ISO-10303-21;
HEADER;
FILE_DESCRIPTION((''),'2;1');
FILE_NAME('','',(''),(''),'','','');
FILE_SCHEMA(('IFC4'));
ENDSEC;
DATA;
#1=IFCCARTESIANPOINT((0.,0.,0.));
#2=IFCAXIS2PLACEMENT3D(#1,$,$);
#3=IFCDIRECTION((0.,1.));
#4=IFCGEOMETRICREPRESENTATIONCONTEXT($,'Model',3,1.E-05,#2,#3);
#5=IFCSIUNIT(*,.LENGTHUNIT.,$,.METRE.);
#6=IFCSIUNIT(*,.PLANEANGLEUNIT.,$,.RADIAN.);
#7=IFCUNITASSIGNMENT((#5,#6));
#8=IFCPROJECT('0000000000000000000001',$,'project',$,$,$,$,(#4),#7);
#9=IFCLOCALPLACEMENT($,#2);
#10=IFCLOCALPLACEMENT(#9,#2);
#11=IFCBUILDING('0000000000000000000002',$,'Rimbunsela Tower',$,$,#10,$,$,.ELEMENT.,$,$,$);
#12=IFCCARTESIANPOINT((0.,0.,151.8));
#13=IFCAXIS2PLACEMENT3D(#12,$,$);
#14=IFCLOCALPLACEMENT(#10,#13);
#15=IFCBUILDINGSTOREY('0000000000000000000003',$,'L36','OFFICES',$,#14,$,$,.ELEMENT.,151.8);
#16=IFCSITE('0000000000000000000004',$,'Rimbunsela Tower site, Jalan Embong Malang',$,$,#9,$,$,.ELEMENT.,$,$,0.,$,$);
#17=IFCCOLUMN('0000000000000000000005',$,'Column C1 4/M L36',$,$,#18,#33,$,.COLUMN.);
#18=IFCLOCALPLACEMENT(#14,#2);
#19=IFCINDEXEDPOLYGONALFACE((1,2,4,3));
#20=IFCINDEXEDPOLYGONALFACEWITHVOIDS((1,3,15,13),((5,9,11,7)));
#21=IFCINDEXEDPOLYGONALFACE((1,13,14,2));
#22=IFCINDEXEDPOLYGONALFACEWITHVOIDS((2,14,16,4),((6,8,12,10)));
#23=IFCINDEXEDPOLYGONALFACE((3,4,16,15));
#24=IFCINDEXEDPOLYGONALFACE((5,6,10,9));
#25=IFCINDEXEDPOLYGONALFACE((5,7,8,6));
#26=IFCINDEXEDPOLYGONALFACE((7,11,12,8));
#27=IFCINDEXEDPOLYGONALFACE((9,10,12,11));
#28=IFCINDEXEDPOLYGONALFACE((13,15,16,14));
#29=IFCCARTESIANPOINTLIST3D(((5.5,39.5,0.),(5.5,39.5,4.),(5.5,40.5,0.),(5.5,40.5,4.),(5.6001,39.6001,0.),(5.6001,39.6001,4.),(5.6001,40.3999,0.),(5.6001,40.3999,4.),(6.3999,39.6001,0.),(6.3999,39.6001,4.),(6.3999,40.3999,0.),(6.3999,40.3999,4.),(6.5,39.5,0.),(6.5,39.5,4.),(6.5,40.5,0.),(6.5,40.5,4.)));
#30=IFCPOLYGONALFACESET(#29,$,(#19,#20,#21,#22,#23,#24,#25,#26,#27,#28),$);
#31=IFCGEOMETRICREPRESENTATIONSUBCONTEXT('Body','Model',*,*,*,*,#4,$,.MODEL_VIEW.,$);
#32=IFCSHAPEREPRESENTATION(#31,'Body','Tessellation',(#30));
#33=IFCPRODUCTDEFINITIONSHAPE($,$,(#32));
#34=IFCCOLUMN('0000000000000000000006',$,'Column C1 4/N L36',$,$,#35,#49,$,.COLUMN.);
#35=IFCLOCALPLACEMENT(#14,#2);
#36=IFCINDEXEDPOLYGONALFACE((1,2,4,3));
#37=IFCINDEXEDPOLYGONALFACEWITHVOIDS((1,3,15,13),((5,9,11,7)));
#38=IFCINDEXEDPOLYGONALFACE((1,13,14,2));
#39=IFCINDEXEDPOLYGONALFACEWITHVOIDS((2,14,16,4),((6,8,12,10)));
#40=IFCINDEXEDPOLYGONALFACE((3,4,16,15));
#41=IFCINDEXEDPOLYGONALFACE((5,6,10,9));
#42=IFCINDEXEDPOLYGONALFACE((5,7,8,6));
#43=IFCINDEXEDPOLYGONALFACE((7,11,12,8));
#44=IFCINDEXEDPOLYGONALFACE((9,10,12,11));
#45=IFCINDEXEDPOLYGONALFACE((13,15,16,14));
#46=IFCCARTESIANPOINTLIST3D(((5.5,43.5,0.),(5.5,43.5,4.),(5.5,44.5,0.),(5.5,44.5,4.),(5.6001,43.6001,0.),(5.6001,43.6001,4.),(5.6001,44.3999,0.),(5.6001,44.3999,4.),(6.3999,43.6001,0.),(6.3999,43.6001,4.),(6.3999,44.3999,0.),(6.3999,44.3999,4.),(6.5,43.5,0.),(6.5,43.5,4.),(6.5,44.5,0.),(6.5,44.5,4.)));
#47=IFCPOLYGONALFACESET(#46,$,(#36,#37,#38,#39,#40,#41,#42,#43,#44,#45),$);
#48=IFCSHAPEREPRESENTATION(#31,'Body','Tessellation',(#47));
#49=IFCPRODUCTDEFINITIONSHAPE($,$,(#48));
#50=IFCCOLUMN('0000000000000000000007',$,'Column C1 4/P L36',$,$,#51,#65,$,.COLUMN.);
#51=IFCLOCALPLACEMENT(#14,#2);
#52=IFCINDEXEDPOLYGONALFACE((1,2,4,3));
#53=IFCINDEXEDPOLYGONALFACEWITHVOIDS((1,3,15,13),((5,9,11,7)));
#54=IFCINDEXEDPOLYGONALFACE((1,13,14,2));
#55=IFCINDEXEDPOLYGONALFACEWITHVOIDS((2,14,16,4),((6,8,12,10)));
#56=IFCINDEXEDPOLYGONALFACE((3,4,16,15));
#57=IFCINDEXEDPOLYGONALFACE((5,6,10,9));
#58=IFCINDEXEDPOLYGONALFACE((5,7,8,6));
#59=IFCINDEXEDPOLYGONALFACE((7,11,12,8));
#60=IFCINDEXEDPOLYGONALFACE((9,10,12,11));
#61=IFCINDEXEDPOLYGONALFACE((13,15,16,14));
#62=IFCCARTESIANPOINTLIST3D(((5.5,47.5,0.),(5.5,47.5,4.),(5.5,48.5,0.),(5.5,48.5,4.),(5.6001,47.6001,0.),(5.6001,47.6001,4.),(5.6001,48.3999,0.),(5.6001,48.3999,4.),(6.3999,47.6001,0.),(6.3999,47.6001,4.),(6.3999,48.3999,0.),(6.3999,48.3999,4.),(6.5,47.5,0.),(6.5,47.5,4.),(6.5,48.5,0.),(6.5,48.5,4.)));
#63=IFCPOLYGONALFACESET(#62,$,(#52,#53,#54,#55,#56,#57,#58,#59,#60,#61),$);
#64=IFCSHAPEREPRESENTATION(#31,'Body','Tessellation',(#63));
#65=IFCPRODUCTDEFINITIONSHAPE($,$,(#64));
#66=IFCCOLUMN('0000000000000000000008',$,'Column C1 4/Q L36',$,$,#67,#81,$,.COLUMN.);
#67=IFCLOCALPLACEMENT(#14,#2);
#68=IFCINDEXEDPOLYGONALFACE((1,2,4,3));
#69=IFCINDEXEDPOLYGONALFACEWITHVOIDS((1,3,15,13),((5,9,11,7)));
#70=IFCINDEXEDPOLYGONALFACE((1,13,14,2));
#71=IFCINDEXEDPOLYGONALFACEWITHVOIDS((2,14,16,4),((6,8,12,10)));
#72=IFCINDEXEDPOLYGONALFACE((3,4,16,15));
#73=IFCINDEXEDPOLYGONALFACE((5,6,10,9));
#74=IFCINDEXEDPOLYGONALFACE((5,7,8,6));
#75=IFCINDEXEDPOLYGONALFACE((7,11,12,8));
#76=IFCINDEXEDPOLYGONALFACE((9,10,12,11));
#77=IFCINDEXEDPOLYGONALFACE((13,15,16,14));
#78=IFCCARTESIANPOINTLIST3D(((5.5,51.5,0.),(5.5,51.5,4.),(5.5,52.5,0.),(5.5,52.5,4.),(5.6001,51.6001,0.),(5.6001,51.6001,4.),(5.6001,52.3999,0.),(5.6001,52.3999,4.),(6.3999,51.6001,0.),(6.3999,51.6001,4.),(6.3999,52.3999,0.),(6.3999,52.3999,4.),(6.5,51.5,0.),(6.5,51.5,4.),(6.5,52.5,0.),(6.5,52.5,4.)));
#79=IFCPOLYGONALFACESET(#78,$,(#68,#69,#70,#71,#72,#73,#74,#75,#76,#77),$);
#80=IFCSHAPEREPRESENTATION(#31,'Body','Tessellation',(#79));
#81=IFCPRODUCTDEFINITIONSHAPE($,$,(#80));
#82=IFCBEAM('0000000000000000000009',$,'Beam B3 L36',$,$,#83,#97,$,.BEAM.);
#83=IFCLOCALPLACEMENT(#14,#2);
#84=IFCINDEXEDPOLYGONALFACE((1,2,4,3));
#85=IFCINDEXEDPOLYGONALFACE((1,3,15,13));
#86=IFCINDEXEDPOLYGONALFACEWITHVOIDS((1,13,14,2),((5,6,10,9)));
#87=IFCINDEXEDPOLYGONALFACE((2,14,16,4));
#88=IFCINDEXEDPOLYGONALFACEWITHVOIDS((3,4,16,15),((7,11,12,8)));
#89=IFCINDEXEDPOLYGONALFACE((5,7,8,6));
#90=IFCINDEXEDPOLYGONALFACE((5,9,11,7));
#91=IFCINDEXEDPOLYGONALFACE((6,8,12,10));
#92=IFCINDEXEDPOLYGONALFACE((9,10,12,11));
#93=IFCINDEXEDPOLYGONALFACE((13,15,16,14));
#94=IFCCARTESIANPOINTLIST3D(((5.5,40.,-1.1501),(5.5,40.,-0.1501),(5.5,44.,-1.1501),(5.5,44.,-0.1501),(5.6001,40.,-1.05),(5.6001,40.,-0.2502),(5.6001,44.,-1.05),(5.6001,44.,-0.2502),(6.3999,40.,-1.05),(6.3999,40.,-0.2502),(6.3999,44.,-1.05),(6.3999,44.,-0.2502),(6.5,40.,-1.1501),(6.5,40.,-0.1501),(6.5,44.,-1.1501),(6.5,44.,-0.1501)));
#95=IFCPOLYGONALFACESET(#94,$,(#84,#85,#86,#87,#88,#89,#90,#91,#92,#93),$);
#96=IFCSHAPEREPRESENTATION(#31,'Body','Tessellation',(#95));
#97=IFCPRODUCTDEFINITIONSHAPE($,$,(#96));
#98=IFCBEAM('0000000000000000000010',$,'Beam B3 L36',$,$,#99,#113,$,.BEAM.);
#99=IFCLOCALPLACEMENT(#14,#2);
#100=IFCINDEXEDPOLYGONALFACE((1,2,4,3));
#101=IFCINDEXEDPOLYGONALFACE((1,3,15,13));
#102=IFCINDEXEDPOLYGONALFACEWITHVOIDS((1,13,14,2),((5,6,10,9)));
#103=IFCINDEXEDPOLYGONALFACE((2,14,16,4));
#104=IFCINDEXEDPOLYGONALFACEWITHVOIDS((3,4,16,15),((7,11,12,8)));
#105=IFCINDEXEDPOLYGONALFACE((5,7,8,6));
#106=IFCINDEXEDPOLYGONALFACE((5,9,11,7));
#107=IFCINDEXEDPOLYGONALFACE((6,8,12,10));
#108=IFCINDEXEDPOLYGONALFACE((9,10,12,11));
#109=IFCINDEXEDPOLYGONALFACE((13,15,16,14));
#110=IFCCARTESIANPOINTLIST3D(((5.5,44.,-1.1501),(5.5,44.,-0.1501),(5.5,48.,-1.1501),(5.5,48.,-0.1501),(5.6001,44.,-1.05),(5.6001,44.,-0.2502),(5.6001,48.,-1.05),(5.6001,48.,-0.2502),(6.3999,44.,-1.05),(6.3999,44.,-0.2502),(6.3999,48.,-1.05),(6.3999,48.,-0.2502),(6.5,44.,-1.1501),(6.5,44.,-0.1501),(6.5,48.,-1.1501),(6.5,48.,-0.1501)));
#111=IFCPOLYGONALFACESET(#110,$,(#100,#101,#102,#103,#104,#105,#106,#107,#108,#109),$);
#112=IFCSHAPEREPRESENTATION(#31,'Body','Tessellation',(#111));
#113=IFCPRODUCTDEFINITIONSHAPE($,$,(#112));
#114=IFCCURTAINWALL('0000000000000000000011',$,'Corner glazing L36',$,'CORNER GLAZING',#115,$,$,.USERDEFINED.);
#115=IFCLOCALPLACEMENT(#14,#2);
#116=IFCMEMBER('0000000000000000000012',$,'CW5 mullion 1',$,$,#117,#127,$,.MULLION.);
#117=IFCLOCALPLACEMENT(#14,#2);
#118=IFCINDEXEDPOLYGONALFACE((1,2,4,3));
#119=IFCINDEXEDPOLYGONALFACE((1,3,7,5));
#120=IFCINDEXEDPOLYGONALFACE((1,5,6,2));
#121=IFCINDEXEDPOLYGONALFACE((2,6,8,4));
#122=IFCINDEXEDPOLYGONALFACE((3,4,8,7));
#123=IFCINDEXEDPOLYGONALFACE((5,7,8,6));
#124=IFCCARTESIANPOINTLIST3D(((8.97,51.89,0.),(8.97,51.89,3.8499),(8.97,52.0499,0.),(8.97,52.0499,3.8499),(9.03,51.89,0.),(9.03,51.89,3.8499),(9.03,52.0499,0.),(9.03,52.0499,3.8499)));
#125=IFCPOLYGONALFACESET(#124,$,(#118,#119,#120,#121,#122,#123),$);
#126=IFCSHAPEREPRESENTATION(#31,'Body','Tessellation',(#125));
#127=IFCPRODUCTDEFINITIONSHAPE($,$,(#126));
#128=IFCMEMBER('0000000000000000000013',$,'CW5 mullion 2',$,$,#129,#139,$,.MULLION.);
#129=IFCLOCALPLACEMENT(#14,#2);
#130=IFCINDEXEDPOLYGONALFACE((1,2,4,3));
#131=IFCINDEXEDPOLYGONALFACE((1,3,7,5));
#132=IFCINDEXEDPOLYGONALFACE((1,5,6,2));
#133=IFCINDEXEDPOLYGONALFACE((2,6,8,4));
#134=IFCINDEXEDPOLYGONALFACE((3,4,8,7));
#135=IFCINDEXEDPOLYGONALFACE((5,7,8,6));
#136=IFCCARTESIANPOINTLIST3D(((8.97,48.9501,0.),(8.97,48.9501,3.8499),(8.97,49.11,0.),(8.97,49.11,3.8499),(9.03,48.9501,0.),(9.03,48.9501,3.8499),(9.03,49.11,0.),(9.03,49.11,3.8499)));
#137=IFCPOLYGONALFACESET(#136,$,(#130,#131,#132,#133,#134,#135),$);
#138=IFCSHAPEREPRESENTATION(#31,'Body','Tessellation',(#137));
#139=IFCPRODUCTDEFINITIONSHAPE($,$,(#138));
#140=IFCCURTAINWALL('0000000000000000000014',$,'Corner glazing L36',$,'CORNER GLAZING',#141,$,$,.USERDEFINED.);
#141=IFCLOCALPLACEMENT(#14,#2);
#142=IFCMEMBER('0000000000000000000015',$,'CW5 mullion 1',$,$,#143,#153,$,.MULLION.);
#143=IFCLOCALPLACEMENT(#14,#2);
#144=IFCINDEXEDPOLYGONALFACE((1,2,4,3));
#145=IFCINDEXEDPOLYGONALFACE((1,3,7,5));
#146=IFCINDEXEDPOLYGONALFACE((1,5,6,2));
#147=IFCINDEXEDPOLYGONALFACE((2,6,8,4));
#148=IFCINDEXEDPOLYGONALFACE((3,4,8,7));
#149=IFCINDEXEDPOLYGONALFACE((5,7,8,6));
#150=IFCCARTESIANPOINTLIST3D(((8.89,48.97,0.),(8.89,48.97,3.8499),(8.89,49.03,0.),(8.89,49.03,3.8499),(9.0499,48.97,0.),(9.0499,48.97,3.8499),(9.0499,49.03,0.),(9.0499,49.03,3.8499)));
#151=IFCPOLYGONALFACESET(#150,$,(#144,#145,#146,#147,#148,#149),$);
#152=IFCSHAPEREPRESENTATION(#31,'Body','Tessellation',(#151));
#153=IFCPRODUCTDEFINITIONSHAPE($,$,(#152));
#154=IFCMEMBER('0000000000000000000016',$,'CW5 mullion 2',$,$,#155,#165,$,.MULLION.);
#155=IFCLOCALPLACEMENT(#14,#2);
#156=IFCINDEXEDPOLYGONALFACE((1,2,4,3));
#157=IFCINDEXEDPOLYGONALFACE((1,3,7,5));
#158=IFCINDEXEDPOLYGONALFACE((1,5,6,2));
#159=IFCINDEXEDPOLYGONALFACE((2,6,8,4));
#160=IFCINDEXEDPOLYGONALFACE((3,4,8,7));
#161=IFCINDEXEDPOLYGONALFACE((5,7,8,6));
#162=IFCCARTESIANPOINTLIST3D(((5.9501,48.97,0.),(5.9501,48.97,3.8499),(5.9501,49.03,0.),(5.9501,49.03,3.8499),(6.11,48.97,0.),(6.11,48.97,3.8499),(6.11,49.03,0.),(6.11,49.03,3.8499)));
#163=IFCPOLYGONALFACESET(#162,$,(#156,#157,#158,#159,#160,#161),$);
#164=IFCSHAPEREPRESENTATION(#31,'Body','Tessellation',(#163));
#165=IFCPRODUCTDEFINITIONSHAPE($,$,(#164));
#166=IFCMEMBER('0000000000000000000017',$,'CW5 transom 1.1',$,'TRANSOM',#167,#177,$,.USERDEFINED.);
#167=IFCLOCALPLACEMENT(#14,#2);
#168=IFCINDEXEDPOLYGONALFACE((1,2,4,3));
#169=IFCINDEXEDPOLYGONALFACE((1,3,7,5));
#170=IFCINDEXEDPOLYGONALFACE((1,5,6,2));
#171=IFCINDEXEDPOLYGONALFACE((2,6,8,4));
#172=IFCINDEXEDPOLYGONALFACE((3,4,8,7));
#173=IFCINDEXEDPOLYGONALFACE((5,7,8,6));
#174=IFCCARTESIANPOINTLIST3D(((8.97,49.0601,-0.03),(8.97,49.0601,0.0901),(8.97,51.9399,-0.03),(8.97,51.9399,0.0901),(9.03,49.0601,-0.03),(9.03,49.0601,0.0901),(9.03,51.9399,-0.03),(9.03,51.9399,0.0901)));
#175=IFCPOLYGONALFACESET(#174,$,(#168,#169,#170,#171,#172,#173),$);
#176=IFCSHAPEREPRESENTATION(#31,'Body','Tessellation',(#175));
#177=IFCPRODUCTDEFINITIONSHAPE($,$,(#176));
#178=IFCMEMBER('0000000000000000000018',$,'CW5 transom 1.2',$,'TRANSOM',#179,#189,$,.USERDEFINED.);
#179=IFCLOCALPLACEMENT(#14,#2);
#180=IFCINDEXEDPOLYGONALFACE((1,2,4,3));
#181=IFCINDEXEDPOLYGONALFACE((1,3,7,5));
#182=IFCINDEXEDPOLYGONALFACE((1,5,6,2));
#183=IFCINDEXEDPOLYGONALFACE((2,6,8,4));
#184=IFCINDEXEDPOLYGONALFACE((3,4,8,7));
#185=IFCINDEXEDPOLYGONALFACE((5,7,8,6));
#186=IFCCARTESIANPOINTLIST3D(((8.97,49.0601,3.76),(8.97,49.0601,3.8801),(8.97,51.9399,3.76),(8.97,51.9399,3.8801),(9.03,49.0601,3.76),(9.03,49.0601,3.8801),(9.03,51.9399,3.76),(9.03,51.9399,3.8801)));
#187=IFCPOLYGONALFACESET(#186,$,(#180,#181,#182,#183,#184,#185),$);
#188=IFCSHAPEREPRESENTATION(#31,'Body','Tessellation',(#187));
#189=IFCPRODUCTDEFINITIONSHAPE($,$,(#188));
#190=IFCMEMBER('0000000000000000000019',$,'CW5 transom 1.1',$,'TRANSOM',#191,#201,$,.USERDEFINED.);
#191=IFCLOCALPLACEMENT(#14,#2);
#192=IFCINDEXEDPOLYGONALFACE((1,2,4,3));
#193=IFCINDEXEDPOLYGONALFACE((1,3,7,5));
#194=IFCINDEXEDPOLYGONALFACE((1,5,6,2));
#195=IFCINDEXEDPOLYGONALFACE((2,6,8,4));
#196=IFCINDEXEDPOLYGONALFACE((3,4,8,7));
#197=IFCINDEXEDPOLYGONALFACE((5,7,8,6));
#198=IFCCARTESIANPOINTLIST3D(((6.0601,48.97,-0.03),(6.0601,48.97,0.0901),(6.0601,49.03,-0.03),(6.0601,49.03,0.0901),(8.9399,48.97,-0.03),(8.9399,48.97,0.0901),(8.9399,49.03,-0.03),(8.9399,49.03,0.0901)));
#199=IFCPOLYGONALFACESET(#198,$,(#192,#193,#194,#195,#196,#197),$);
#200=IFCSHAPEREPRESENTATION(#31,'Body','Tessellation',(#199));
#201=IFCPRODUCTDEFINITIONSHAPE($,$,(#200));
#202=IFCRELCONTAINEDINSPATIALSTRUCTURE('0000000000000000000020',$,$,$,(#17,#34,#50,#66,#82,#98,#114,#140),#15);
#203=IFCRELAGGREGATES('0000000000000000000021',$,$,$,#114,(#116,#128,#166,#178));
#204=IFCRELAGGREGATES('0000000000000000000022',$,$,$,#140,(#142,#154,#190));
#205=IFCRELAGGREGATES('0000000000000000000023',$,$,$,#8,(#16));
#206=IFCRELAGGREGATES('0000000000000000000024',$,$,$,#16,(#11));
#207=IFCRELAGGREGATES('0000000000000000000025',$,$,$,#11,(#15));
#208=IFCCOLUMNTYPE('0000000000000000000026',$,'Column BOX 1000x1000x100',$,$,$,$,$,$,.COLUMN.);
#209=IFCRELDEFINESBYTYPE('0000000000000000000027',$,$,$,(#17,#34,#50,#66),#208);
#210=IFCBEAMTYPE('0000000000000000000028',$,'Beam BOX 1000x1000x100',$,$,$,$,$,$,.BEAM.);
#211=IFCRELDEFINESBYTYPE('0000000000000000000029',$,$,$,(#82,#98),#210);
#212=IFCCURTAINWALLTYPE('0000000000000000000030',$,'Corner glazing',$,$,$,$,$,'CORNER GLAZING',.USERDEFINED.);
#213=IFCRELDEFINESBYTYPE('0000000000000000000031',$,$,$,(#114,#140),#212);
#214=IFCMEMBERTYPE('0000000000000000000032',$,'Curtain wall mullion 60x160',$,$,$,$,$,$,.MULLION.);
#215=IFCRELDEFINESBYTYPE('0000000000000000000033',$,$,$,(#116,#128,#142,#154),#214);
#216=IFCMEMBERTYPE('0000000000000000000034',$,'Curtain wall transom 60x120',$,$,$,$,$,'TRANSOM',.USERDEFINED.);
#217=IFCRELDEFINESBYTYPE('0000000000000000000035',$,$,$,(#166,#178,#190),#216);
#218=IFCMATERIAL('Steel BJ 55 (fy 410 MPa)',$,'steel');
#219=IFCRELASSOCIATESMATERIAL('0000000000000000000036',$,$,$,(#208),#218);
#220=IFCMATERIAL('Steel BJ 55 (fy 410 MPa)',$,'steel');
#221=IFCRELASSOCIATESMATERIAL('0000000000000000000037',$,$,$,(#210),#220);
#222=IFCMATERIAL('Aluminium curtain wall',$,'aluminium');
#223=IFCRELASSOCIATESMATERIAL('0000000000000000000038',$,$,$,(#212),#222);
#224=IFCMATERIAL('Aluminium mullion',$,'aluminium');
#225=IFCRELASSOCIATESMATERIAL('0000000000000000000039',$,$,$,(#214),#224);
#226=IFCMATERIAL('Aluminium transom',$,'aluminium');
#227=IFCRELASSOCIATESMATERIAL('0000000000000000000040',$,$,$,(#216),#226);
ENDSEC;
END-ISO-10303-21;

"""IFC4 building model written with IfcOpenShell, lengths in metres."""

from ifc_helpers import new_model, si_unit, direction, frame, origin, origin_2d, place, context, subcontext, project, spatial, rectangle, hollow_rectangle, extrude, material, material_profile, profile_set, type_object, element, aggregate, save


model = new_model("IFC4")

# Units and contexts
model_context = context("Model", 3, precision=1e-05, world=origin(), true_north=direction((0.0, 1.0)))
body_context = subcontext(model_context, "Body", "Model", "MODEL_VIEW")
ifc_project = project(units=[si_unit("LENGTHUNIT", "METRE"), si_unit("PLANEANGLEUNIT", "RADIAN")], contexts=[model_context])

# Site, building, storey
site_placement = place(None, origin())
site = spatial("IfcSite", under=ifc_project, at=site_placement, Name="Rimbunsela Tower site, Jalan Embong Malang", CompositionType="ELEMENT", RefElevation=0.0)
building_placement = place(site_placement, origin())
building = spatial("IfcBuilding", under=site, at=building_placement, Name="Rimbunsela Tower", CompositionType="ELEMENT")
storey_placement = place(building_placement, frame((0.0, 0.0, 151.8)))
storey = spatial("IfcBuildingStorey", under=building, at=storey_placement, Name="L36", Description="OFFICES", CompositionType="ELEMENT", Elevation=151.8)

# Columns
ifc_material_1 = material(Name="Steel BJ 55 (fy 410 MPa)", Category="steel")
ifc_material_profile_1 = material_profile(ifc_material_1, hollow_rectangle(XDim=1.0, YDim=1.0, WallThickness=0.1001, at=origin_2d()), Name="BOX 1000x1000x100")
ifc_profile_set_1 = profile_set([ifc_material_profile_1], Name="Steel BJ 55 (fy 410 MPa)")
column_type = type_object("IfcColumnType", Name="Column BOX 1000x1000x100", PredefinedType="COLUMN", material=ifc_profile_set_1)
for number, where, z_axis, x_axis, name in (
    (1, (6.0, 40.0, 0.0), (0.0, 0.0, 1.0), (1.0, 0.0, 0.0), "Column C1 4/M L36"),
    (2, (6.0, 44.0, 0.0), (0.0, 0.0, 1.0), (1.0, 0.0, 0.0), "Column C1 4/N L36"),
    (3, (6.0, 48.0, 0.0), (0.0, 0.0, 1.0), (1.0, 0.0, 0.0), "Column C1 4/P L36"),
    (4, (6.0, 52.0, 0.0), (0.0, 0.0, 1.0), (1.0, 0.0, 0.0), "Column C1 4/Q L36"),
):
    element("IfcColumn", number, at=place(storey_placement, frame(where, z_axis=z_axis, x_axis=x_axis)), inside=storey, type_object=column_type, Name=name, PredefinedType="COLUMN", context=body_context, shape_type="SweptSolid", body=[
        extrude(hollow_rectangle(XDim=1.0, YDim=1.0, WallThickness=0.1001, at=origin_2d()), origin(), (0.0, 0.0, 1.0), 4.0),
    ])

# Beams
ifc_material_2 = material(Name="Steel BJ 55 (fy 410 MPa)", Category="steel")
ifc_material_profile_2 = material_profile(ifc_material_2, hollow_rectangle(XDim=1.0, YDim=1.0, WallThickness=0.1001, at=origin_2d()), Name="BOX 1000x1000x100")
ifc_profile_set_2 = profile_set([ifc_material_profile_2], Name="Steel BJ 55 (fy 410 MPa)")
beam_type = type_object("IfcBeamType", Name="Beam BOX 1000x1000x100", PredefinedType="BEAM", material=ifc_profile_set_2)
for number, where, z_axis, x_axis, name in (
    (5, (6.0, 40.0, -0.6501), (0.0, 1.0, 0.0), (-1.0, 0.0, 0.0), "Beam B3 L36"),
    (6, (6.0, 44.0, -0.6501), (0.0, 1.0, 0.0), (-1.0, 0.0, 0.0), "Beam B3 L36"),
):
    element("IfcBeam", number, at=place(storey_placement, frame(where, z_axis=z_axis, x_axis=x_axis)), inside=storey, type_object=beam_type, Name=name, PredefinedType="BEAM", context=body_context, shape_type="SweptSolid", body=[
        extrude(hollow_rectangle(XDim=1.0, YDim=1.0, WallThickness=0.1001, at=origin_2d()), origin(), (0.0, 0.0, 1.0), 4.0),
    ])

# Curtain walls, members
ifc_material_3 = material(Name="Aluminium curtain wall", Category="aluminium")
curtain_wall_type = type_object("IfcCurtainWallType", Name="Corner glazing", ElementType="CORNER GLAZING", PredefinedType="USERDEFINED", material=ifc_material_3)
curtain_wall_1_placement = place(storey_placement, origin())
curtain_wall_1 = element("IfcCurtainWall", 7, at=curtain_wall_1_placement, inside=storey, type_object=curtain_wall_type, Name="Corner glazing L36", ObjectType="CORNER GLAZING", PredefinedType="USERDEFINED")
ifc_material_4 = material(Name="Aluminium mullion", Category="aluminium")
ifc_material_profile_3 = material_profile(ifc_material_4, rectangle(XDim=0.0601, YDim=0.1599, at=origin_2d()), Name="Mullion 60x160")
ifc_profile_set_3 = profile_set([ifc_material_profile_3], Name="Aluminium mullion")
member_type_1 = type_object("IfcMemberType", Name="Curtain wall mullion 60x160", PredefinedType="MULLION", material=ifc_profile_set_3)
member_1_placement = place(storey_placement, frame((9.0, 51.97, 0.0), z_axis=(0.0, 0.0, 1.0), x_axis=(1.0, 0.0, 0.0)))
member_1 = element("IfcMember", 8, at=member_1_placement, type_object=member_type_1, Name="CW5 mullion 1", PredefinedType="MULLION", context=body_context, shape_type="SweptSolid", body=[
    extrude(rectangle(XDim=0.0601, YDim=0.1599, at=origin_2d()), origin(), (0.0, 0.0, 1.0), 3.8499),
])
member_2_placement = place(storey_placement, frame((9.0, 49.03, 0.0), z_axis=(0.0, 0.0, 1.0), x_axis=(1.0, 0.0, 0.0)))
member_2 = element("IfcMember", 9, at=member_2_placement, type_object=member_type_1, Name="CW5 mullion 2", PredefinedType="MULLION", context=body_context, shape_type="SweptSolid", body=[
    extrude(rectangle(XDim=0.0601, YDim=0.1599, at=origin_2d()), origin(), (0.0, 0.0, 1.0), 3.8499),
])
curtain_wall_2_placement = place(storey_placement, origin())
curtain_wall_2 = element("IfcCurtainWall", 10, at=curtain_wall_2_placement, inside=storey, type_object=curtain_wall_type, Name="Corner glazing L36", ObjectType="CORNER GLAZING", PredefinedType="USERDEFINED")
member_3_placement = place(storey_placement, frame((8.97, 49.0, 0.0), z_axis=(0.0, 0.0, 1.0), x_axis=(0.0, -1.0, 0.0)))
member_3 = element("IfcMember", 11, at=member_3_placement, type_object=member_type_1, Name="CW5 mullion 1", PredefinedType="MULLION", context=body_context, shape_type="SweptSolid", body=[
    extrude(rectangle(XDim=0.0601, YDim=0.1599, at=origin_2d()), origin(), (0.0, 0.0, 1.0), 3.8499),
])
member_4_placement = place(storey_placement, frame((6.03, 49.0, 0.0), z_axis=(0.0, 0.0, 1.0), x_axis=(0.0, -1.0, 0.0)))
member_4 = element("IfcMember", 12, at=member_4_placement, type_object=member_type_1, Name="CW5 mullion 2", PredefinedType="MULLION", context=body_context, shape_type="SweptSolid", body=[
    extrude(rectangle(XDim=0.0601, YDim=0.1599, at=origin_2d()), origin(), (0.0, 0.0, 1.0), 3.8499),
])

# Members
ifc_material_5 = material(Name="Aluminium transom", Category="aluminium")
ifc_material_profile_4 = material_profile(ifc_material_5, rectangle(XDim=0.0601, YDim=0.1201, at=origin_2d()), Name="Transom 60x120")
ifc_profile_set_4 = profile_set([ifc_material_profile_4], Name="Aluminium transom")
member_type_2 = type_object("IfcMemberType", Name="Curtain wall transom 60x120", ElementType="TRANSOM", PredefinedType="USERDEFINED", material=ifc_profile_set_4)
member_5_placement = place(storey_placement, frame((9.0, 51.9399, 0.03), z_axis=(0.0, -1.0, 0.0), x_axis=(1.0, 0.0, 0.0)))
member_5 = element("IfcMember", 13, at=member_5_placement, type_object=member_type_2, Name="CW5 transom 1.1", ObjectType="TRANSOM", PredefinedType="USERDEFINED", context=body_context, shape_type="SweptSolid", body=[
    extrude(rectangle(XDim=0.0601, YDim=0.1201, at=origin_2d()), origin(), (0.0, 0.0, 1.0), 2.8799),
])
member_6_placement = place(storey_placement, frame((9.0, 51.9399, 3.8201), z_axis=(0.0, -1.0, 0.0), x_axis=(1.0, 0.0, 0.0)))
member_6 = element("IfcMember", 14, at=member_6_placement, type_object=member_type_2, Name="CW5 transom 1.2", ObjectType="TRANSOM", PredefinedType="USERDEFINED", context=body_context, shape_type="SweptSolid", body=[
    extrude(rectangle(XDim=0.0601, YDim=0.1201, at=origin_2d()), origin(), (0.0, 0.0, 1.0), 2.8799),
])
member_7_placement = place(storey_placement, frame((8.9399, 49.0, 0.03), z_axis=(-1.0, 0.0, 0.0), x_axis=(0.0, -1.0, 0.0)))
member_7 = element("IfcMember", 15, at=member_7_placement, type_object=member_type_2, Name="CW5 transom 1.1", ObjectType="TRANSOM", PredefinedType="USERDEFINED", context=body_context, shape_type="SweptSolid", body=[
    extrude(rectangle(XDim=0.0601, YDim=0.1201, at=origin_2d()), origin(), (0.0, 0.0, 1.0), 2.8799),
])

aggregate(curtain_wall_1, [member_1, member_2, member_5, member_6])
aggregate(curtain_wall_2, [member_3, member_4, member_7])

save(model, "model.ifc")
